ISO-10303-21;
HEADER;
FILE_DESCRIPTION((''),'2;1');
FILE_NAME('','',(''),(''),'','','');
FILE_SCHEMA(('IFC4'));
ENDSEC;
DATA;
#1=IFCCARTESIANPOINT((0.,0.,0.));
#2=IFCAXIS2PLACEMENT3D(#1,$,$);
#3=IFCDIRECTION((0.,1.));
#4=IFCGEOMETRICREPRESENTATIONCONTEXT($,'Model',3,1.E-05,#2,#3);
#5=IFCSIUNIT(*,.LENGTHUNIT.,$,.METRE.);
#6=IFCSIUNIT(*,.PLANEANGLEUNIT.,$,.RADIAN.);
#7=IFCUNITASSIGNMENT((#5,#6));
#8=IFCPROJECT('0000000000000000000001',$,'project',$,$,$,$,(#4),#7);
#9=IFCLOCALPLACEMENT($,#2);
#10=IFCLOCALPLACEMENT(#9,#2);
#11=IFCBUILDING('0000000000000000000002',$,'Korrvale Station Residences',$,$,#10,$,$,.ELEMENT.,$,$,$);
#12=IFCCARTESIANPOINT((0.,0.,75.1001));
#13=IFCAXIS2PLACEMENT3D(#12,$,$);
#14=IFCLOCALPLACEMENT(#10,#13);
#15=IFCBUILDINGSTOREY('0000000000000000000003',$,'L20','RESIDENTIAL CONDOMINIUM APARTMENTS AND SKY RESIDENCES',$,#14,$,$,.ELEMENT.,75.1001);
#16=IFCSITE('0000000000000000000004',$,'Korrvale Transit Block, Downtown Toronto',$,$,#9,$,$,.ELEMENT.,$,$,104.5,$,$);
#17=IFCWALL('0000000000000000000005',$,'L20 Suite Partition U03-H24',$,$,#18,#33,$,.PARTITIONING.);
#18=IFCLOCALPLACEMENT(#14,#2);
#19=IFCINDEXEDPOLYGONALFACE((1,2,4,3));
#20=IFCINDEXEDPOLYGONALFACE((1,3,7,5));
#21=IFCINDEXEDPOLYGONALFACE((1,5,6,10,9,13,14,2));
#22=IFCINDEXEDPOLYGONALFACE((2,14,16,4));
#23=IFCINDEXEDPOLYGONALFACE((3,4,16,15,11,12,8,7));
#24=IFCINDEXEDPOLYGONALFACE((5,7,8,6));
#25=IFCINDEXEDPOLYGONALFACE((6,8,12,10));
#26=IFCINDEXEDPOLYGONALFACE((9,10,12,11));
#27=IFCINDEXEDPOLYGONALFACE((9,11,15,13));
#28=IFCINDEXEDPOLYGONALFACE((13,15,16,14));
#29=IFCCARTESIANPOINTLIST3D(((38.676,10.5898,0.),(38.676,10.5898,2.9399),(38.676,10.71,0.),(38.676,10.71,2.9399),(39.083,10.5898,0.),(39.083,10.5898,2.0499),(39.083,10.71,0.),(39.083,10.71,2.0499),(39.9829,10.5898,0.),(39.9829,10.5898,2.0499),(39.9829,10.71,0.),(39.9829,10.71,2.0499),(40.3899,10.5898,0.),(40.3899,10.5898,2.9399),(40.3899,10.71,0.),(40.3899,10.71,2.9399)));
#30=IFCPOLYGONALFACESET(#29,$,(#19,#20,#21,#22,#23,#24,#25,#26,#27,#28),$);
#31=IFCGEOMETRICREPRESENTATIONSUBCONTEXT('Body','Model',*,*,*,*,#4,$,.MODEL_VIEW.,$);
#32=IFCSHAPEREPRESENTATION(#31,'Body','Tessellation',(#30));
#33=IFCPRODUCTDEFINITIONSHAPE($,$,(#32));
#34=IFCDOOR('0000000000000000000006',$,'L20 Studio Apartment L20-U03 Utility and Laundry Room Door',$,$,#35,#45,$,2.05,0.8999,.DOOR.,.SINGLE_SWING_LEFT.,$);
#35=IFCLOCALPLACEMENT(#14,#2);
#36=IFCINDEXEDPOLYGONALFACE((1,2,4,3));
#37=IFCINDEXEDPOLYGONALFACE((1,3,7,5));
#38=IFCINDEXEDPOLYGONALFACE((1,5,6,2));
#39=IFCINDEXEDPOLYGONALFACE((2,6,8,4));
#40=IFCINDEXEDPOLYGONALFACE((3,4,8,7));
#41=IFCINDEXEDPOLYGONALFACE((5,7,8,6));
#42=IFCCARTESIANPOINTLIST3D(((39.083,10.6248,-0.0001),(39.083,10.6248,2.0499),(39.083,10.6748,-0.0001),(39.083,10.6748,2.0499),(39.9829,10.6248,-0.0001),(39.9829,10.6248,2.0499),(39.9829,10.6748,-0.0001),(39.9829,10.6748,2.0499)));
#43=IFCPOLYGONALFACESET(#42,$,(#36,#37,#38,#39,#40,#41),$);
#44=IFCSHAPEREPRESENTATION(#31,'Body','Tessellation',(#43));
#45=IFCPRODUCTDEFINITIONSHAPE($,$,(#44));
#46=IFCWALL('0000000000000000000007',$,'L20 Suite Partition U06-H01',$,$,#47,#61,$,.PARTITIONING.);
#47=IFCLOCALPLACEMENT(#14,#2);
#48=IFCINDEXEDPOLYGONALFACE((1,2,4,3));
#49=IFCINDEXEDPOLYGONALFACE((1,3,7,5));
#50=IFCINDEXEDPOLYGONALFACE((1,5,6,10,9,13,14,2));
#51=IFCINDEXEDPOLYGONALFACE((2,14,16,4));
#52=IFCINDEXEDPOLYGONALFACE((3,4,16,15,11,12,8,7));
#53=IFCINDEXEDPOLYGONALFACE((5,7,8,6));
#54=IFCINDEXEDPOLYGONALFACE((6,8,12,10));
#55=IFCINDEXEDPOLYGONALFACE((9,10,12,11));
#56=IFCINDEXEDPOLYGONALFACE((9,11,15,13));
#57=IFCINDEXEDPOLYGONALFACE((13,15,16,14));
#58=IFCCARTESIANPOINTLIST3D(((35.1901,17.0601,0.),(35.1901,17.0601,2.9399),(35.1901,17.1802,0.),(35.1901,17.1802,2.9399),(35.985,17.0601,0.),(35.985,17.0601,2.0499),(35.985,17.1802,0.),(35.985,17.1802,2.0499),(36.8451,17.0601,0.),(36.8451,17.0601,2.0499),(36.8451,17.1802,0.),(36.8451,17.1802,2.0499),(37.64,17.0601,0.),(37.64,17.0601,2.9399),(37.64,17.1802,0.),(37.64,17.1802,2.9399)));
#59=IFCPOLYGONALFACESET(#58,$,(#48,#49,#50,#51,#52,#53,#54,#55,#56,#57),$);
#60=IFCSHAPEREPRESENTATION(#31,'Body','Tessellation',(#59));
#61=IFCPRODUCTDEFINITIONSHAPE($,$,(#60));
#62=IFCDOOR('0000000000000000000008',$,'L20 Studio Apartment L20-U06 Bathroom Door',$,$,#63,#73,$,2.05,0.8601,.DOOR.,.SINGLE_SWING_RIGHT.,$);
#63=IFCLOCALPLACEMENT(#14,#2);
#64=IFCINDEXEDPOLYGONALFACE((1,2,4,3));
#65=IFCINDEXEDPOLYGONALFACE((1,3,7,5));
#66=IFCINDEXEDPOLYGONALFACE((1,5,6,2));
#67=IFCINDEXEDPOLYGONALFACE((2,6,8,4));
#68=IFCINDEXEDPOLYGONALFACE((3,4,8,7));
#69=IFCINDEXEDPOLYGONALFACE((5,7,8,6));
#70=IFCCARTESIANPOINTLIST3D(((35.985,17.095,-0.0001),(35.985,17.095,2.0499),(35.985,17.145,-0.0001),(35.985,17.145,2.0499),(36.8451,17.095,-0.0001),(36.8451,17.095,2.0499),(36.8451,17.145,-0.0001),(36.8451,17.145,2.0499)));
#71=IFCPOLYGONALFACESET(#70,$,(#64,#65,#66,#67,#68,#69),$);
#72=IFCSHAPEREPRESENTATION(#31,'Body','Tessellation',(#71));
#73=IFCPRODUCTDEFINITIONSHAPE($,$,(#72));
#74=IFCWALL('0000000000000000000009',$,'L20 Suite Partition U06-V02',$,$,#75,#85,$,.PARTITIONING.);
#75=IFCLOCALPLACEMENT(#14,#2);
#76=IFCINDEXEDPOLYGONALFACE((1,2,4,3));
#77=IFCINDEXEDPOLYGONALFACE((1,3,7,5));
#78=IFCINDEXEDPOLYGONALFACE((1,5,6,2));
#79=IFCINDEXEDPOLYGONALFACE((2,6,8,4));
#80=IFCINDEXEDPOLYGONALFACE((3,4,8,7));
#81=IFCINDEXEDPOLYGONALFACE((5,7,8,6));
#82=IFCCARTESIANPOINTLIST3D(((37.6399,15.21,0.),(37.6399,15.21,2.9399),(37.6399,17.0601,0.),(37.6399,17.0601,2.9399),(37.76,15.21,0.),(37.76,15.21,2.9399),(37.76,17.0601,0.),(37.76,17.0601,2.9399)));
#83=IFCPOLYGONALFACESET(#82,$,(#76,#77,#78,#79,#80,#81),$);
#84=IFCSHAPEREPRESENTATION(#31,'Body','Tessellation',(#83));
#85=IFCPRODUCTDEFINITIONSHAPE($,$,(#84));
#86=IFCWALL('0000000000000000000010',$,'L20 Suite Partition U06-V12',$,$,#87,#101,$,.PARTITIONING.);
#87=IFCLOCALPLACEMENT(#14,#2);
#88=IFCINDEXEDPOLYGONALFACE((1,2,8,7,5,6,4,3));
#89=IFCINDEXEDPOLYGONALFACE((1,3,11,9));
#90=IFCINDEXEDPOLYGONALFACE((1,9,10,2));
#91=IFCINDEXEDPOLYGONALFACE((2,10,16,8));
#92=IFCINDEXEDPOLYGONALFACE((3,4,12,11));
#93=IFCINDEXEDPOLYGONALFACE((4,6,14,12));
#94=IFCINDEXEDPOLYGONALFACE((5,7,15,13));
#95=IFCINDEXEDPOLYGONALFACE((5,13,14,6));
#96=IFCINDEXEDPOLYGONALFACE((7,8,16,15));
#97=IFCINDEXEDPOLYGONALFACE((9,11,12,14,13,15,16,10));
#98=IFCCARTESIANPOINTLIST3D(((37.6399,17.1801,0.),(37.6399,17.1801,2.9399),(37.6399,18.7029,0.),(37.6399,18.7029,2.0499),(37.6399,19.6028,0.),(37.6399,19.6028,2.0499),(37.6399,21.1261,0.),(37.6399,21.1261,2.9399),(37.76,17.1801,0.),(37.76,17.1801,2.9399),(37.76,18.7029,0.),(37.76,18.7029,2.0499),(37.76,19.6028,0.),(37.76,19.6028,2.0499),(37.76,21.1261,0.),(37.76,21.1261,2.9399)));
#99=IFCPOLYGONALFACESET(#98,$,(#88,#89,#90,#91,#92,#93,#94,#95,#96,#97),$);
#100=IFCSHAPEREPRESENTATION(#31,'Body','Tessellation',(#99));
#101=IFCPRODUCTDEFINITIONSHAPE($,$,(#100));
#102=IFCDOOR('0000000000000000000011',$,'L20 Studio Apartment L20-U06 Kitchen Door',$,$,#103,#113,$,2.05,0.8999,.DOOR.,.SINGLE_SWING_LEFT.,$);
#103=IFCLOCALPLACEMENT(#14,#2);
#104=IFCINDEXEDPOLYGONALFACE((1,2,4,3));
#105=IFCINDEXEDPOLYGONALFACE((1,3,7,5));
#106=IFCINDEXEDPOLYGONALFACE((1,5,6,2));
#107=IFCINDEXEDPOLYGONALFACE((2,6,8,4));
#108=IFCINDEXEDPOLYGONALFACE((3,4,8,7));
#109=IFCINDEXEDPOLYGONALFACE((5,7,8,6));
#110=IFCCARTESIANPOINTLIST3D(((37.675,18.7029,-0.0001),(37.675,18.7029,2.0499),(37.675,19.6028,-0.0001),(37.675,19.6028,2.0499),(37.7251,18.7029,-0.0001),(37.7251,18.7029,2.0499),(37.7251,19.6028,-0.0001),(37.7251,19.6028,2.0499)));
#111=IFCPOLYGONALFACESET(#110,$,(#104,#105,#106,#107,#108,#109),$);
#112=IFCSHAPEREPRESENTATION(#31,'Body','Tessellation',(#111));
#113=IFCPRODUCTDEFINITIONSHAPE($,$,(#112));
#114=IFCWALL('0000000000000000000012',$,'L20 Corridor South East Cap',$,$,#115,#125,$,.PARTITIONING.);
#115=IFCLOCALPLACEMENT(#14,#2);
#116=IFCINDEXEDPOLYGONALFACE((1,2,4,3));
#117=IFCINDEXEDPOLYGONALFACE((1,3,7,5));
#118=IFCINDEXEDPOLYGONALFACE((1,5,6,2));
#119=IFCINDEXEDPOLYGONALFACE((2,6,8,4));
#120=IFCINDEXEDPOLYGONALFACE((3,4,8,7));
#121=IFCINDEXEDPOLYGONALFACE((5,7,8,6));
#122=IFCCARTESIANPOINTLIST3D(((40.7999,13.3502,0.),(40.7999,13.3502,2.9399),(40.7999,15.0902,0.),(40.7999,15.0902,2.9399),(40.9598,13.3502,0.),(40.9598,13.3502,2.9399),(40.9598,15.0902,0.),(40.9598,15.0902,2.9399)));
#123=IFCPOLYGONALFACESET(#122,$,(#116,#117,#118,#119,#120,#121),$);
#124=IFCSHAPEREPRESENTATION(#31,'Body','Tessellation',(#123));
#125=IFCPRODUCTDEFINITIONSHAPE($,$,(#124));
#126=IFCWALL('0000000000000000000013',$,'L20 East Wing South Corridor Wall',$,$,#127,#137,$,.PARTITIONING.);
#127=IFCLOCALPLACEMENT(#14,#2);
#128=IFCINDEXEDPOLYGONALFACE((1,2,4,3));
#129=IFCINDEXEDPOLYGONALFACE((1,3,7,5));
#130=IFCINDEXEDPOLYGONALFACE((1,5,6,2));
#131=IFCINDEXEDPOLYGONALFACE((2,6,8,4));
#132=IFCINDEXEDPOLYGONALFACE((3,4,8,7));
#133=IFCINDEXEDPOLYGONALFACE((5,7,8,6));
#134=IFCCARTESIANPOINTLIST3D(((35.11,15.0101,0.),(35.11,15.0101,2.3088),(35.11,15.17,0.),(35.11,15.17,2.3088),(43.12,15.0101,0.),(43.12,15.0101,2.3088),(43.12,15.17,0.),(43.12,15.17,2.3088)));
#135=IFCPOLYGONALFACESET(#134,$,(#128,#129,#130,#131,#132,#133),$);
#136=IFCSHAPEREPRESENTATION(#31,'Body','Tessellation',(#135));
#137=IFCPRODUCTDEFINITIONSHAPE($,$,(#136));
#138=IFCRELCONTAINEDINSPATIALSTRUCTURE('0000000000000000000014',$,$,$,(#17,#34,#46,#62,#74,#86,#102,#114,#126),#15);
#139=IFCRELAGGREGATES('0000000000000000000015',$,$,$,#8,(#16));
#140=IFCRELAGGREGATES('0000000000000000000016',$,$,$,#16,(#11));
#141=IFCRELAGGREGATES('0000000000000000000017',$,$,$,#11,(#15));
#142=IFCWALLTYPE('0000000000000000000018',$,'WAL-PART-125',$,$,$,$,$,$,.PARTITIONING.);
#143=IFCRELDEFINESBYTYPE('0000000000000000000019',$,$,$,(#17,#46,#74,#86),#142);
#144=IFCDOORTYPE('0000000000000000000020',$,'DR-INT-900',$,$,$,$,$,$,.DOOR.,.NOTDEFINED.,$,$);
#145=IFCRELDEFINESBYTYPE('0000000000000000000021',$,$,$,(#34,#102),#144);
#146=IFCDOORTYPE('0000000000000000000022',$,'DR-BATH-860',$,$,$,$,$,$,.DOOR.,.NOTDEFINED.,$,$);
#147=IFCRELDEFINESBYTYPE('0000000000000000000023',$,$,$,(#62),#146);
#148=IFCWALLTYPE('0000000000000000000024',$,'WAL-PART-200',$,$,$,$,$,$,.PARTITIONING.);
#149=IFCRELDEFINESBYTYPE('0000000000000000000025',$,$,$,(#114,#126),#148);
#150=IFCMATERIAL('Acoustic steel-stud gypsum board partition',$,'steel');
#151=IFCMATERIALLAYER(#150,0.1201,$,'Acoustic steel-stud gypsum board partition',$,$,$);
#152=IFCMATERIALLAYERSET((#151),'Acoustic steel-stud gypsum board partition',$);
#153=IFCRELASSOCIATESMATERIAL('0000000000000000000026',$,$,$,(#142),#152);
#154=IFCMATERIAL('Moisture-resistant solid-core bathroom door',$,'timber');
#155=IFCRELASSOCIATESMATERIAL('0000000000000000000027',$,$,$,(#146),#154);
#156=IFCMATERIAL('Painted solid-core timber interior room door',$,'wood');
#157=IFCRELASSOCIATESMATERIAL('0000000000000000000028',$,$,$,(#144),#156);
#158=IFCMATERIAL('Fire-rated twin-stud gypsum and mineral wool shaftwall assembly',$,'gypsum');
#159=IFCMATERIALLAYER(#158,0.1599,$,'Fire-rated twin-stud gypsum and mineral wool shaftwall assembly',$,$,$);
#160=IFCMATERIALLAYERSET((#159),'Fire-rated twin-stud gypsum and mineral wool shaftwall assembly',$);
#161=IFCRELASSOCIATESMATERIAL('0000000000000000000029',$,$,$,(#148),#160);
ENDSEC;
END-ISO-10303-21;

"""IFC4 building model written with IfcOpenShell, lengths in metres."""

from ifc_helpers import new_model, si_unit, direction, frame, frame_2d, origin, place, context, subcontext, project, spatial, rectangle, extrude, material, layer, layer_set, type_object, element, fill, save


model = new_model("IFC4")

# Units and contexts
model_context = context("Model", 3, precision=1e-05, world=origin(), true_north=direction((0.0, 1.0)))
body_context = subcontext(model_context, "Body", "Model", "MODEL_VIEW")
ifc_project = project(units=[si_unit("LENGTHUNIT", "METRE"), si_unit("PLANEANGLEUNIT", "RADIAN")], contexts=[model_context])

# Site, building, storey
site_placement = place(None, origin())
site = spatial("IfcSite", under=ifc_project, at=site_placement, Name="Korrvale Transit Block, Downtown Toronto", CompositionType="ELEMENT", RefElevation=104.5)
building_placement = place(site_placement, origin())
building = spatial("IfcBuilding", under=site, at=building_placement, Name="Korrvale Station Residences", CompositionType="ELEMENT")
storey_placement = place(building_placement, frame((0.0, 0.0, 75.1001)))
storey = spatial("IfcBuildingStorey", under=building, at=storey_placement, Name="L20", Description="RESIDENTIAL CONDOMINIUM APARTMENTS AND SKY RESIDENCES", CompositionType="ELEMENT", Elevation=75.1001)

# Shared definitions
ifc_material_1 = material(Name="Acoustic steel-stud gypsum board partition", Category="steel")
ifc_layer_1 = layer(ifc_material_1, 0.1201, Name="Acoustic steel-stud gypsum board partition")
ifc_layer_set_1 = layer_set([ifc_layer_1], Name="Acoustic steel-stud gypsum board partition")
wall_type_1 = type_object("IfcWallType", Name="WAL-PART-125", PredefinedType="PARTITIONING", material=ifc_layer_set_1)
ifc_material_2 = material(Name="Moisture-resistant solid-core bathroom door", Category="timber")
door_type_1 = type_object("IfcDoorType", Name="DR-BATH-860", OperationType="NOTDEFINED", PredefinedType="DOOR", material=ifc_material_2)
ifc_material_3 = material(Name="Painted solid-core timber interior room door", Category="wood")
door_type_2 = type_object("IfcDoorType", Name="DR-INT-900", OperationType="NOTDEFINED", PredefinedType="DOOR", material=ifc_material_3)

# Walls, openings, doors
wall_1_placement = place(storey_placement, frame((38.676, 10.6499, 0.0), z_axis=(0.0, 0.0, 1.0), x_axis=(1.0, 0.0, 0.0)))
wall_1 = element("IfcWall", 1, at=wall_1_placement, inside=storey, type_object=wall_type_1, Name="L20 Suite Partition U03-H24", PredefinedType="PARTITIONING", context=body_context, shape_type="SweptSolid", body=[
    extrude(rectangle(XDim=1.7139, YDim=0.1201, at=frame_2d((0.8569, 0.0))), origin(), (0.0, 0.0, 1.0), 2.9399),
])
opening_1_placement = place(wall_1_placement, frame((0.407, 0.0, 0.0)))
opening_1 = element("IfcOpeningElement", 2, at=opening_1_placement, cuts=wall_1, PredefinedType="OPENING", context=body_context, shape_type="SweptSolid", body=[
    extrude(rectangle(XDim=0.8999, YDim=2.05, at=frame_2d((0.45, 1.0249))), frame((0.0, 0.0701, 0.0), z_axis=(0.0, -1.0, 0.0), x_axis=(1.0, 0.0, 0.0)), (0.0, 0.0, 1.0), 0.1401),
])
door_1_placement = place(opening_1_placement, origin())
door_1 = element("IfcDoor", 3, at=door_1_placement, inside=storey, type_object=door_type_2, Name="L20 Studio Apartment L20-U03 Utility and Laundry Room Door", OperationType="SINGLE_SWING_LEFT", OverallHeight=2.05, OverallWidth=0.8999, PredefinedType="DOOR", context=body_context, shape_type="SweptSolid", body=[
    extrude(rectangle(XDim=0.8999, YDim=2.05, at=frame_2d((0.45, 1.0249))), frame((0.0, 0.0249, 0.0), z_axis=(0.0, -1.0, 0.0), x_axis=(1.0, 0.0, 0.0)), (0.0, 0.0, 1.0), 0.05),
])
fill(opening_1, door_1)
wall_2_placement = place(storey_placement, frame((35.1899, 17.1201, 0.0), z_axis=(0.0, 0.0, 1.0), x_axis=(1.0, 0.0, 0.0)))
wall_2 = element("IfcWall", 4, at=wall_2_placement, inside=storey, type_object=wall_type_1, Name="L20 Suite Partition U06-H01", PredefinedType="PARTITIONING", context=body_context, shape_type="SweptSolid", body=[
    extrude(rectangle(XDim=2.45, YDim=0.1201, at=frame_2d((1.2251, 0.0))), origin(), (0.0, 0.0, 1.0), 2.9399),
])
opening_2_placement = place(wall_2_placement, frame((0.7949, 0.0, 0.0)))
opening_2 = element("IfcOpeningElement", 5, at=opening_2_placement, cuts=wall_2, PredefinedType="OPENING", context=body_context, shape_type="SweptSolid", body=[
    extrude(rectangle(XDim=0.8601, YDim=2.05, at=frame_2d((0.4302, 1.0249))), frame((0.0, 0.0701, 0.0), z_axis=(0.0, -1.0, 0.0), x_axis=(1.0, 0.0, 0.0)), (0.0, 0.0, 1.0), 0.1401),
])
door_2_placement = place(opening_2_placement, origin())
door_2 = element("IfcDoor", 6, at=door_2_placement, inside=storey, type_object=door_type_1, Name="L20 Studio Apartment L20-U06 Bathroom Door", OperationType="SINGLE_SWING_RIGHT", OverallHeight=2.05, OverallWidth=0.8601, PredefinedType="DOOR", context=body_context, shape_type="SweptSolid", body=[
    extrude(rectangle(XDim=0.8601, YDim=2.05, at=frame_2d((0.4302, 1.0249))), frame((0.0, 0.0249, 0.0), z_axis=(0.0, -1.0, 0.0), x_axis=(1.0, 0.0, 0.0)), (0.0, 0.0, 1.0), 0.05),
])
fill(opening_2, door_2)

# Wall
wall_3_placement = place(storey_placement, frame((37.7, 15.21, 0.0), z_axis=(0.0, 0.0, 1.0), x_axis=(0.0, 1.0, 0.0)))
element("IfcWall", 7, at=wall_3_placement, inside=storey, type_object=wall_type_1, Name="L20 Suite Partition U06-V02", PredefinedType="PARTITIONING", context=body_context, shape_type="SweptSolid", body=[
    extrude(rectangle(XDim=1.8501, YDim=0.1201, at=frame_2d((0.925, 0.0))), origin(), (0.0, 0.0, 1.0), 2.9399),
])

# Wall, opening, door
wall_4_placement = place(storey_placement, frame((37.7, 17.1799, 0.0), z_axis=(0.0, 0.0, 1.0), x_axis=(0.0, 1.0, 0.0)))
wall_4 = element("IfcWall", 8, at=wall_4_placement, inside=storey, type_object=wall_type_1, Name="L20 Suite Partition U06-V12", PredefinedType="PARTITIONING", context=body_context, shape_type="SweptSolid", body=[
    extrude(rectangle(XDim=3.946, YDim=0.1201, at=frame_2d((1.9731, 0.0))), origin(), (0.0, 0.0, 1.0), 2.9399),
])
opening_3_placement = place(wall_4_placement, frame((1.5229, 0.0, 0.0)))
opening_3 = element("IfcOpeningElement", 9, at=opening_3_placement, cuts=wall_4, PredefinedType="OPENING", context=body_context, shape_type="SweptSolid", body=[
    extrude(rectangle(XDim=0.8999, YDim=2.05, at=frame_2d((0.45, 1.0249))), frame((0.0, 0.0701, 0.0), z_axis=(0.0, -1.0, 0.0), x_axis=(1.0, 0.0, 0.0)), (0.0, 0.0, 1.0), 0.1401),
])
door_3_placement = place(opening_3_placement, origin())
door_3 = element("IfcDoor", 10, at=door_3_placement, inside=storey, type_object=door_type_2, Name="L20 Studio Apartment L20-U06 Kitchen Door", OperationType="SINGLE_SWING_LEFT", OverallHeight=2.05, OverallWidth=0.8999, PredefinedType="DOOR", context=body_context, shape_type="SweptSolid", body=[
    extrude(rectangle(XDim=0.8999, YDim=2.05, at=frame_2d((0.45, 1.0249))), frame((0.0, 0.0249, 0.0), z_axis=(0.0, -1.0, 0.0), x_axis=(1.0, 0.0, 0.0)), (0.0, 0.0, 1.0), 0.05),
])
fill(opening_3, door_3)

# Walls
ifc_material_4 = material(Name="Fire-rated twin-stud gypsum and mineral wool shaftwall assembly", Category="gypsum")
ifc_layer_2 = layer(ifc_material_4, 0.1599, Name="Fire-rated twin-stud gypsum and mineral wool shaftwall assembly")
ifc_layer_set_2 = layer_set([ifc_layer_2], Name="Fire-rated twin-stud gypsum and mineral wool shaftwall assembly")
wall_type_2 = type_object("IfcWallType", Name="WAL-PART-200", PredefinedType="PARTITIONING", material=ifc_layer_set_2)
wall_5_placement = place(storey_placement, frame((40.8799, 13.3501, 0.0), z_axis=(0.0, 0.0, 1.0), x_axis=(0.0, 1.0, 0.0)))
element("IfcWall", 11, at=wall_5_placement, inside=storey, type_object=wall_type_2, Name="L20 Corridor South East Cap", PredefinedType="PARTITIONING", context=body_context, shape_type="SweptSolid", body=[
    extrude(rectangle(XDim=1.74, YDim=0.1599, at=frame_2d((0.8701, 0.0))), origin(), (0.0, 0.0, 1.0), 2.9399),
])
wall_6_placement = place(storey_placement, frame((35.1101, 15.0901, 0.0), z_axis=(0.0, 0.0, 1.0), x_axis=(1.0, 0.0, 0.0)))
element("IfcWall", 12, at=wall_6_placement, inside=storey, type_object=wall_type_2, Name="L20 East Wing South Corridor Wall", PredefinedType="PARTITIONING", context=body_context, shape_type="SweptSolid", body=[
    extrude(rectangle(XDim=8.01, YDim=0.1599, at=frame_2d((4.0049, 0.0))), origin(), (0.0, 0.0, 1.0), 2.3088),
])

save(model, "model.ifc")
